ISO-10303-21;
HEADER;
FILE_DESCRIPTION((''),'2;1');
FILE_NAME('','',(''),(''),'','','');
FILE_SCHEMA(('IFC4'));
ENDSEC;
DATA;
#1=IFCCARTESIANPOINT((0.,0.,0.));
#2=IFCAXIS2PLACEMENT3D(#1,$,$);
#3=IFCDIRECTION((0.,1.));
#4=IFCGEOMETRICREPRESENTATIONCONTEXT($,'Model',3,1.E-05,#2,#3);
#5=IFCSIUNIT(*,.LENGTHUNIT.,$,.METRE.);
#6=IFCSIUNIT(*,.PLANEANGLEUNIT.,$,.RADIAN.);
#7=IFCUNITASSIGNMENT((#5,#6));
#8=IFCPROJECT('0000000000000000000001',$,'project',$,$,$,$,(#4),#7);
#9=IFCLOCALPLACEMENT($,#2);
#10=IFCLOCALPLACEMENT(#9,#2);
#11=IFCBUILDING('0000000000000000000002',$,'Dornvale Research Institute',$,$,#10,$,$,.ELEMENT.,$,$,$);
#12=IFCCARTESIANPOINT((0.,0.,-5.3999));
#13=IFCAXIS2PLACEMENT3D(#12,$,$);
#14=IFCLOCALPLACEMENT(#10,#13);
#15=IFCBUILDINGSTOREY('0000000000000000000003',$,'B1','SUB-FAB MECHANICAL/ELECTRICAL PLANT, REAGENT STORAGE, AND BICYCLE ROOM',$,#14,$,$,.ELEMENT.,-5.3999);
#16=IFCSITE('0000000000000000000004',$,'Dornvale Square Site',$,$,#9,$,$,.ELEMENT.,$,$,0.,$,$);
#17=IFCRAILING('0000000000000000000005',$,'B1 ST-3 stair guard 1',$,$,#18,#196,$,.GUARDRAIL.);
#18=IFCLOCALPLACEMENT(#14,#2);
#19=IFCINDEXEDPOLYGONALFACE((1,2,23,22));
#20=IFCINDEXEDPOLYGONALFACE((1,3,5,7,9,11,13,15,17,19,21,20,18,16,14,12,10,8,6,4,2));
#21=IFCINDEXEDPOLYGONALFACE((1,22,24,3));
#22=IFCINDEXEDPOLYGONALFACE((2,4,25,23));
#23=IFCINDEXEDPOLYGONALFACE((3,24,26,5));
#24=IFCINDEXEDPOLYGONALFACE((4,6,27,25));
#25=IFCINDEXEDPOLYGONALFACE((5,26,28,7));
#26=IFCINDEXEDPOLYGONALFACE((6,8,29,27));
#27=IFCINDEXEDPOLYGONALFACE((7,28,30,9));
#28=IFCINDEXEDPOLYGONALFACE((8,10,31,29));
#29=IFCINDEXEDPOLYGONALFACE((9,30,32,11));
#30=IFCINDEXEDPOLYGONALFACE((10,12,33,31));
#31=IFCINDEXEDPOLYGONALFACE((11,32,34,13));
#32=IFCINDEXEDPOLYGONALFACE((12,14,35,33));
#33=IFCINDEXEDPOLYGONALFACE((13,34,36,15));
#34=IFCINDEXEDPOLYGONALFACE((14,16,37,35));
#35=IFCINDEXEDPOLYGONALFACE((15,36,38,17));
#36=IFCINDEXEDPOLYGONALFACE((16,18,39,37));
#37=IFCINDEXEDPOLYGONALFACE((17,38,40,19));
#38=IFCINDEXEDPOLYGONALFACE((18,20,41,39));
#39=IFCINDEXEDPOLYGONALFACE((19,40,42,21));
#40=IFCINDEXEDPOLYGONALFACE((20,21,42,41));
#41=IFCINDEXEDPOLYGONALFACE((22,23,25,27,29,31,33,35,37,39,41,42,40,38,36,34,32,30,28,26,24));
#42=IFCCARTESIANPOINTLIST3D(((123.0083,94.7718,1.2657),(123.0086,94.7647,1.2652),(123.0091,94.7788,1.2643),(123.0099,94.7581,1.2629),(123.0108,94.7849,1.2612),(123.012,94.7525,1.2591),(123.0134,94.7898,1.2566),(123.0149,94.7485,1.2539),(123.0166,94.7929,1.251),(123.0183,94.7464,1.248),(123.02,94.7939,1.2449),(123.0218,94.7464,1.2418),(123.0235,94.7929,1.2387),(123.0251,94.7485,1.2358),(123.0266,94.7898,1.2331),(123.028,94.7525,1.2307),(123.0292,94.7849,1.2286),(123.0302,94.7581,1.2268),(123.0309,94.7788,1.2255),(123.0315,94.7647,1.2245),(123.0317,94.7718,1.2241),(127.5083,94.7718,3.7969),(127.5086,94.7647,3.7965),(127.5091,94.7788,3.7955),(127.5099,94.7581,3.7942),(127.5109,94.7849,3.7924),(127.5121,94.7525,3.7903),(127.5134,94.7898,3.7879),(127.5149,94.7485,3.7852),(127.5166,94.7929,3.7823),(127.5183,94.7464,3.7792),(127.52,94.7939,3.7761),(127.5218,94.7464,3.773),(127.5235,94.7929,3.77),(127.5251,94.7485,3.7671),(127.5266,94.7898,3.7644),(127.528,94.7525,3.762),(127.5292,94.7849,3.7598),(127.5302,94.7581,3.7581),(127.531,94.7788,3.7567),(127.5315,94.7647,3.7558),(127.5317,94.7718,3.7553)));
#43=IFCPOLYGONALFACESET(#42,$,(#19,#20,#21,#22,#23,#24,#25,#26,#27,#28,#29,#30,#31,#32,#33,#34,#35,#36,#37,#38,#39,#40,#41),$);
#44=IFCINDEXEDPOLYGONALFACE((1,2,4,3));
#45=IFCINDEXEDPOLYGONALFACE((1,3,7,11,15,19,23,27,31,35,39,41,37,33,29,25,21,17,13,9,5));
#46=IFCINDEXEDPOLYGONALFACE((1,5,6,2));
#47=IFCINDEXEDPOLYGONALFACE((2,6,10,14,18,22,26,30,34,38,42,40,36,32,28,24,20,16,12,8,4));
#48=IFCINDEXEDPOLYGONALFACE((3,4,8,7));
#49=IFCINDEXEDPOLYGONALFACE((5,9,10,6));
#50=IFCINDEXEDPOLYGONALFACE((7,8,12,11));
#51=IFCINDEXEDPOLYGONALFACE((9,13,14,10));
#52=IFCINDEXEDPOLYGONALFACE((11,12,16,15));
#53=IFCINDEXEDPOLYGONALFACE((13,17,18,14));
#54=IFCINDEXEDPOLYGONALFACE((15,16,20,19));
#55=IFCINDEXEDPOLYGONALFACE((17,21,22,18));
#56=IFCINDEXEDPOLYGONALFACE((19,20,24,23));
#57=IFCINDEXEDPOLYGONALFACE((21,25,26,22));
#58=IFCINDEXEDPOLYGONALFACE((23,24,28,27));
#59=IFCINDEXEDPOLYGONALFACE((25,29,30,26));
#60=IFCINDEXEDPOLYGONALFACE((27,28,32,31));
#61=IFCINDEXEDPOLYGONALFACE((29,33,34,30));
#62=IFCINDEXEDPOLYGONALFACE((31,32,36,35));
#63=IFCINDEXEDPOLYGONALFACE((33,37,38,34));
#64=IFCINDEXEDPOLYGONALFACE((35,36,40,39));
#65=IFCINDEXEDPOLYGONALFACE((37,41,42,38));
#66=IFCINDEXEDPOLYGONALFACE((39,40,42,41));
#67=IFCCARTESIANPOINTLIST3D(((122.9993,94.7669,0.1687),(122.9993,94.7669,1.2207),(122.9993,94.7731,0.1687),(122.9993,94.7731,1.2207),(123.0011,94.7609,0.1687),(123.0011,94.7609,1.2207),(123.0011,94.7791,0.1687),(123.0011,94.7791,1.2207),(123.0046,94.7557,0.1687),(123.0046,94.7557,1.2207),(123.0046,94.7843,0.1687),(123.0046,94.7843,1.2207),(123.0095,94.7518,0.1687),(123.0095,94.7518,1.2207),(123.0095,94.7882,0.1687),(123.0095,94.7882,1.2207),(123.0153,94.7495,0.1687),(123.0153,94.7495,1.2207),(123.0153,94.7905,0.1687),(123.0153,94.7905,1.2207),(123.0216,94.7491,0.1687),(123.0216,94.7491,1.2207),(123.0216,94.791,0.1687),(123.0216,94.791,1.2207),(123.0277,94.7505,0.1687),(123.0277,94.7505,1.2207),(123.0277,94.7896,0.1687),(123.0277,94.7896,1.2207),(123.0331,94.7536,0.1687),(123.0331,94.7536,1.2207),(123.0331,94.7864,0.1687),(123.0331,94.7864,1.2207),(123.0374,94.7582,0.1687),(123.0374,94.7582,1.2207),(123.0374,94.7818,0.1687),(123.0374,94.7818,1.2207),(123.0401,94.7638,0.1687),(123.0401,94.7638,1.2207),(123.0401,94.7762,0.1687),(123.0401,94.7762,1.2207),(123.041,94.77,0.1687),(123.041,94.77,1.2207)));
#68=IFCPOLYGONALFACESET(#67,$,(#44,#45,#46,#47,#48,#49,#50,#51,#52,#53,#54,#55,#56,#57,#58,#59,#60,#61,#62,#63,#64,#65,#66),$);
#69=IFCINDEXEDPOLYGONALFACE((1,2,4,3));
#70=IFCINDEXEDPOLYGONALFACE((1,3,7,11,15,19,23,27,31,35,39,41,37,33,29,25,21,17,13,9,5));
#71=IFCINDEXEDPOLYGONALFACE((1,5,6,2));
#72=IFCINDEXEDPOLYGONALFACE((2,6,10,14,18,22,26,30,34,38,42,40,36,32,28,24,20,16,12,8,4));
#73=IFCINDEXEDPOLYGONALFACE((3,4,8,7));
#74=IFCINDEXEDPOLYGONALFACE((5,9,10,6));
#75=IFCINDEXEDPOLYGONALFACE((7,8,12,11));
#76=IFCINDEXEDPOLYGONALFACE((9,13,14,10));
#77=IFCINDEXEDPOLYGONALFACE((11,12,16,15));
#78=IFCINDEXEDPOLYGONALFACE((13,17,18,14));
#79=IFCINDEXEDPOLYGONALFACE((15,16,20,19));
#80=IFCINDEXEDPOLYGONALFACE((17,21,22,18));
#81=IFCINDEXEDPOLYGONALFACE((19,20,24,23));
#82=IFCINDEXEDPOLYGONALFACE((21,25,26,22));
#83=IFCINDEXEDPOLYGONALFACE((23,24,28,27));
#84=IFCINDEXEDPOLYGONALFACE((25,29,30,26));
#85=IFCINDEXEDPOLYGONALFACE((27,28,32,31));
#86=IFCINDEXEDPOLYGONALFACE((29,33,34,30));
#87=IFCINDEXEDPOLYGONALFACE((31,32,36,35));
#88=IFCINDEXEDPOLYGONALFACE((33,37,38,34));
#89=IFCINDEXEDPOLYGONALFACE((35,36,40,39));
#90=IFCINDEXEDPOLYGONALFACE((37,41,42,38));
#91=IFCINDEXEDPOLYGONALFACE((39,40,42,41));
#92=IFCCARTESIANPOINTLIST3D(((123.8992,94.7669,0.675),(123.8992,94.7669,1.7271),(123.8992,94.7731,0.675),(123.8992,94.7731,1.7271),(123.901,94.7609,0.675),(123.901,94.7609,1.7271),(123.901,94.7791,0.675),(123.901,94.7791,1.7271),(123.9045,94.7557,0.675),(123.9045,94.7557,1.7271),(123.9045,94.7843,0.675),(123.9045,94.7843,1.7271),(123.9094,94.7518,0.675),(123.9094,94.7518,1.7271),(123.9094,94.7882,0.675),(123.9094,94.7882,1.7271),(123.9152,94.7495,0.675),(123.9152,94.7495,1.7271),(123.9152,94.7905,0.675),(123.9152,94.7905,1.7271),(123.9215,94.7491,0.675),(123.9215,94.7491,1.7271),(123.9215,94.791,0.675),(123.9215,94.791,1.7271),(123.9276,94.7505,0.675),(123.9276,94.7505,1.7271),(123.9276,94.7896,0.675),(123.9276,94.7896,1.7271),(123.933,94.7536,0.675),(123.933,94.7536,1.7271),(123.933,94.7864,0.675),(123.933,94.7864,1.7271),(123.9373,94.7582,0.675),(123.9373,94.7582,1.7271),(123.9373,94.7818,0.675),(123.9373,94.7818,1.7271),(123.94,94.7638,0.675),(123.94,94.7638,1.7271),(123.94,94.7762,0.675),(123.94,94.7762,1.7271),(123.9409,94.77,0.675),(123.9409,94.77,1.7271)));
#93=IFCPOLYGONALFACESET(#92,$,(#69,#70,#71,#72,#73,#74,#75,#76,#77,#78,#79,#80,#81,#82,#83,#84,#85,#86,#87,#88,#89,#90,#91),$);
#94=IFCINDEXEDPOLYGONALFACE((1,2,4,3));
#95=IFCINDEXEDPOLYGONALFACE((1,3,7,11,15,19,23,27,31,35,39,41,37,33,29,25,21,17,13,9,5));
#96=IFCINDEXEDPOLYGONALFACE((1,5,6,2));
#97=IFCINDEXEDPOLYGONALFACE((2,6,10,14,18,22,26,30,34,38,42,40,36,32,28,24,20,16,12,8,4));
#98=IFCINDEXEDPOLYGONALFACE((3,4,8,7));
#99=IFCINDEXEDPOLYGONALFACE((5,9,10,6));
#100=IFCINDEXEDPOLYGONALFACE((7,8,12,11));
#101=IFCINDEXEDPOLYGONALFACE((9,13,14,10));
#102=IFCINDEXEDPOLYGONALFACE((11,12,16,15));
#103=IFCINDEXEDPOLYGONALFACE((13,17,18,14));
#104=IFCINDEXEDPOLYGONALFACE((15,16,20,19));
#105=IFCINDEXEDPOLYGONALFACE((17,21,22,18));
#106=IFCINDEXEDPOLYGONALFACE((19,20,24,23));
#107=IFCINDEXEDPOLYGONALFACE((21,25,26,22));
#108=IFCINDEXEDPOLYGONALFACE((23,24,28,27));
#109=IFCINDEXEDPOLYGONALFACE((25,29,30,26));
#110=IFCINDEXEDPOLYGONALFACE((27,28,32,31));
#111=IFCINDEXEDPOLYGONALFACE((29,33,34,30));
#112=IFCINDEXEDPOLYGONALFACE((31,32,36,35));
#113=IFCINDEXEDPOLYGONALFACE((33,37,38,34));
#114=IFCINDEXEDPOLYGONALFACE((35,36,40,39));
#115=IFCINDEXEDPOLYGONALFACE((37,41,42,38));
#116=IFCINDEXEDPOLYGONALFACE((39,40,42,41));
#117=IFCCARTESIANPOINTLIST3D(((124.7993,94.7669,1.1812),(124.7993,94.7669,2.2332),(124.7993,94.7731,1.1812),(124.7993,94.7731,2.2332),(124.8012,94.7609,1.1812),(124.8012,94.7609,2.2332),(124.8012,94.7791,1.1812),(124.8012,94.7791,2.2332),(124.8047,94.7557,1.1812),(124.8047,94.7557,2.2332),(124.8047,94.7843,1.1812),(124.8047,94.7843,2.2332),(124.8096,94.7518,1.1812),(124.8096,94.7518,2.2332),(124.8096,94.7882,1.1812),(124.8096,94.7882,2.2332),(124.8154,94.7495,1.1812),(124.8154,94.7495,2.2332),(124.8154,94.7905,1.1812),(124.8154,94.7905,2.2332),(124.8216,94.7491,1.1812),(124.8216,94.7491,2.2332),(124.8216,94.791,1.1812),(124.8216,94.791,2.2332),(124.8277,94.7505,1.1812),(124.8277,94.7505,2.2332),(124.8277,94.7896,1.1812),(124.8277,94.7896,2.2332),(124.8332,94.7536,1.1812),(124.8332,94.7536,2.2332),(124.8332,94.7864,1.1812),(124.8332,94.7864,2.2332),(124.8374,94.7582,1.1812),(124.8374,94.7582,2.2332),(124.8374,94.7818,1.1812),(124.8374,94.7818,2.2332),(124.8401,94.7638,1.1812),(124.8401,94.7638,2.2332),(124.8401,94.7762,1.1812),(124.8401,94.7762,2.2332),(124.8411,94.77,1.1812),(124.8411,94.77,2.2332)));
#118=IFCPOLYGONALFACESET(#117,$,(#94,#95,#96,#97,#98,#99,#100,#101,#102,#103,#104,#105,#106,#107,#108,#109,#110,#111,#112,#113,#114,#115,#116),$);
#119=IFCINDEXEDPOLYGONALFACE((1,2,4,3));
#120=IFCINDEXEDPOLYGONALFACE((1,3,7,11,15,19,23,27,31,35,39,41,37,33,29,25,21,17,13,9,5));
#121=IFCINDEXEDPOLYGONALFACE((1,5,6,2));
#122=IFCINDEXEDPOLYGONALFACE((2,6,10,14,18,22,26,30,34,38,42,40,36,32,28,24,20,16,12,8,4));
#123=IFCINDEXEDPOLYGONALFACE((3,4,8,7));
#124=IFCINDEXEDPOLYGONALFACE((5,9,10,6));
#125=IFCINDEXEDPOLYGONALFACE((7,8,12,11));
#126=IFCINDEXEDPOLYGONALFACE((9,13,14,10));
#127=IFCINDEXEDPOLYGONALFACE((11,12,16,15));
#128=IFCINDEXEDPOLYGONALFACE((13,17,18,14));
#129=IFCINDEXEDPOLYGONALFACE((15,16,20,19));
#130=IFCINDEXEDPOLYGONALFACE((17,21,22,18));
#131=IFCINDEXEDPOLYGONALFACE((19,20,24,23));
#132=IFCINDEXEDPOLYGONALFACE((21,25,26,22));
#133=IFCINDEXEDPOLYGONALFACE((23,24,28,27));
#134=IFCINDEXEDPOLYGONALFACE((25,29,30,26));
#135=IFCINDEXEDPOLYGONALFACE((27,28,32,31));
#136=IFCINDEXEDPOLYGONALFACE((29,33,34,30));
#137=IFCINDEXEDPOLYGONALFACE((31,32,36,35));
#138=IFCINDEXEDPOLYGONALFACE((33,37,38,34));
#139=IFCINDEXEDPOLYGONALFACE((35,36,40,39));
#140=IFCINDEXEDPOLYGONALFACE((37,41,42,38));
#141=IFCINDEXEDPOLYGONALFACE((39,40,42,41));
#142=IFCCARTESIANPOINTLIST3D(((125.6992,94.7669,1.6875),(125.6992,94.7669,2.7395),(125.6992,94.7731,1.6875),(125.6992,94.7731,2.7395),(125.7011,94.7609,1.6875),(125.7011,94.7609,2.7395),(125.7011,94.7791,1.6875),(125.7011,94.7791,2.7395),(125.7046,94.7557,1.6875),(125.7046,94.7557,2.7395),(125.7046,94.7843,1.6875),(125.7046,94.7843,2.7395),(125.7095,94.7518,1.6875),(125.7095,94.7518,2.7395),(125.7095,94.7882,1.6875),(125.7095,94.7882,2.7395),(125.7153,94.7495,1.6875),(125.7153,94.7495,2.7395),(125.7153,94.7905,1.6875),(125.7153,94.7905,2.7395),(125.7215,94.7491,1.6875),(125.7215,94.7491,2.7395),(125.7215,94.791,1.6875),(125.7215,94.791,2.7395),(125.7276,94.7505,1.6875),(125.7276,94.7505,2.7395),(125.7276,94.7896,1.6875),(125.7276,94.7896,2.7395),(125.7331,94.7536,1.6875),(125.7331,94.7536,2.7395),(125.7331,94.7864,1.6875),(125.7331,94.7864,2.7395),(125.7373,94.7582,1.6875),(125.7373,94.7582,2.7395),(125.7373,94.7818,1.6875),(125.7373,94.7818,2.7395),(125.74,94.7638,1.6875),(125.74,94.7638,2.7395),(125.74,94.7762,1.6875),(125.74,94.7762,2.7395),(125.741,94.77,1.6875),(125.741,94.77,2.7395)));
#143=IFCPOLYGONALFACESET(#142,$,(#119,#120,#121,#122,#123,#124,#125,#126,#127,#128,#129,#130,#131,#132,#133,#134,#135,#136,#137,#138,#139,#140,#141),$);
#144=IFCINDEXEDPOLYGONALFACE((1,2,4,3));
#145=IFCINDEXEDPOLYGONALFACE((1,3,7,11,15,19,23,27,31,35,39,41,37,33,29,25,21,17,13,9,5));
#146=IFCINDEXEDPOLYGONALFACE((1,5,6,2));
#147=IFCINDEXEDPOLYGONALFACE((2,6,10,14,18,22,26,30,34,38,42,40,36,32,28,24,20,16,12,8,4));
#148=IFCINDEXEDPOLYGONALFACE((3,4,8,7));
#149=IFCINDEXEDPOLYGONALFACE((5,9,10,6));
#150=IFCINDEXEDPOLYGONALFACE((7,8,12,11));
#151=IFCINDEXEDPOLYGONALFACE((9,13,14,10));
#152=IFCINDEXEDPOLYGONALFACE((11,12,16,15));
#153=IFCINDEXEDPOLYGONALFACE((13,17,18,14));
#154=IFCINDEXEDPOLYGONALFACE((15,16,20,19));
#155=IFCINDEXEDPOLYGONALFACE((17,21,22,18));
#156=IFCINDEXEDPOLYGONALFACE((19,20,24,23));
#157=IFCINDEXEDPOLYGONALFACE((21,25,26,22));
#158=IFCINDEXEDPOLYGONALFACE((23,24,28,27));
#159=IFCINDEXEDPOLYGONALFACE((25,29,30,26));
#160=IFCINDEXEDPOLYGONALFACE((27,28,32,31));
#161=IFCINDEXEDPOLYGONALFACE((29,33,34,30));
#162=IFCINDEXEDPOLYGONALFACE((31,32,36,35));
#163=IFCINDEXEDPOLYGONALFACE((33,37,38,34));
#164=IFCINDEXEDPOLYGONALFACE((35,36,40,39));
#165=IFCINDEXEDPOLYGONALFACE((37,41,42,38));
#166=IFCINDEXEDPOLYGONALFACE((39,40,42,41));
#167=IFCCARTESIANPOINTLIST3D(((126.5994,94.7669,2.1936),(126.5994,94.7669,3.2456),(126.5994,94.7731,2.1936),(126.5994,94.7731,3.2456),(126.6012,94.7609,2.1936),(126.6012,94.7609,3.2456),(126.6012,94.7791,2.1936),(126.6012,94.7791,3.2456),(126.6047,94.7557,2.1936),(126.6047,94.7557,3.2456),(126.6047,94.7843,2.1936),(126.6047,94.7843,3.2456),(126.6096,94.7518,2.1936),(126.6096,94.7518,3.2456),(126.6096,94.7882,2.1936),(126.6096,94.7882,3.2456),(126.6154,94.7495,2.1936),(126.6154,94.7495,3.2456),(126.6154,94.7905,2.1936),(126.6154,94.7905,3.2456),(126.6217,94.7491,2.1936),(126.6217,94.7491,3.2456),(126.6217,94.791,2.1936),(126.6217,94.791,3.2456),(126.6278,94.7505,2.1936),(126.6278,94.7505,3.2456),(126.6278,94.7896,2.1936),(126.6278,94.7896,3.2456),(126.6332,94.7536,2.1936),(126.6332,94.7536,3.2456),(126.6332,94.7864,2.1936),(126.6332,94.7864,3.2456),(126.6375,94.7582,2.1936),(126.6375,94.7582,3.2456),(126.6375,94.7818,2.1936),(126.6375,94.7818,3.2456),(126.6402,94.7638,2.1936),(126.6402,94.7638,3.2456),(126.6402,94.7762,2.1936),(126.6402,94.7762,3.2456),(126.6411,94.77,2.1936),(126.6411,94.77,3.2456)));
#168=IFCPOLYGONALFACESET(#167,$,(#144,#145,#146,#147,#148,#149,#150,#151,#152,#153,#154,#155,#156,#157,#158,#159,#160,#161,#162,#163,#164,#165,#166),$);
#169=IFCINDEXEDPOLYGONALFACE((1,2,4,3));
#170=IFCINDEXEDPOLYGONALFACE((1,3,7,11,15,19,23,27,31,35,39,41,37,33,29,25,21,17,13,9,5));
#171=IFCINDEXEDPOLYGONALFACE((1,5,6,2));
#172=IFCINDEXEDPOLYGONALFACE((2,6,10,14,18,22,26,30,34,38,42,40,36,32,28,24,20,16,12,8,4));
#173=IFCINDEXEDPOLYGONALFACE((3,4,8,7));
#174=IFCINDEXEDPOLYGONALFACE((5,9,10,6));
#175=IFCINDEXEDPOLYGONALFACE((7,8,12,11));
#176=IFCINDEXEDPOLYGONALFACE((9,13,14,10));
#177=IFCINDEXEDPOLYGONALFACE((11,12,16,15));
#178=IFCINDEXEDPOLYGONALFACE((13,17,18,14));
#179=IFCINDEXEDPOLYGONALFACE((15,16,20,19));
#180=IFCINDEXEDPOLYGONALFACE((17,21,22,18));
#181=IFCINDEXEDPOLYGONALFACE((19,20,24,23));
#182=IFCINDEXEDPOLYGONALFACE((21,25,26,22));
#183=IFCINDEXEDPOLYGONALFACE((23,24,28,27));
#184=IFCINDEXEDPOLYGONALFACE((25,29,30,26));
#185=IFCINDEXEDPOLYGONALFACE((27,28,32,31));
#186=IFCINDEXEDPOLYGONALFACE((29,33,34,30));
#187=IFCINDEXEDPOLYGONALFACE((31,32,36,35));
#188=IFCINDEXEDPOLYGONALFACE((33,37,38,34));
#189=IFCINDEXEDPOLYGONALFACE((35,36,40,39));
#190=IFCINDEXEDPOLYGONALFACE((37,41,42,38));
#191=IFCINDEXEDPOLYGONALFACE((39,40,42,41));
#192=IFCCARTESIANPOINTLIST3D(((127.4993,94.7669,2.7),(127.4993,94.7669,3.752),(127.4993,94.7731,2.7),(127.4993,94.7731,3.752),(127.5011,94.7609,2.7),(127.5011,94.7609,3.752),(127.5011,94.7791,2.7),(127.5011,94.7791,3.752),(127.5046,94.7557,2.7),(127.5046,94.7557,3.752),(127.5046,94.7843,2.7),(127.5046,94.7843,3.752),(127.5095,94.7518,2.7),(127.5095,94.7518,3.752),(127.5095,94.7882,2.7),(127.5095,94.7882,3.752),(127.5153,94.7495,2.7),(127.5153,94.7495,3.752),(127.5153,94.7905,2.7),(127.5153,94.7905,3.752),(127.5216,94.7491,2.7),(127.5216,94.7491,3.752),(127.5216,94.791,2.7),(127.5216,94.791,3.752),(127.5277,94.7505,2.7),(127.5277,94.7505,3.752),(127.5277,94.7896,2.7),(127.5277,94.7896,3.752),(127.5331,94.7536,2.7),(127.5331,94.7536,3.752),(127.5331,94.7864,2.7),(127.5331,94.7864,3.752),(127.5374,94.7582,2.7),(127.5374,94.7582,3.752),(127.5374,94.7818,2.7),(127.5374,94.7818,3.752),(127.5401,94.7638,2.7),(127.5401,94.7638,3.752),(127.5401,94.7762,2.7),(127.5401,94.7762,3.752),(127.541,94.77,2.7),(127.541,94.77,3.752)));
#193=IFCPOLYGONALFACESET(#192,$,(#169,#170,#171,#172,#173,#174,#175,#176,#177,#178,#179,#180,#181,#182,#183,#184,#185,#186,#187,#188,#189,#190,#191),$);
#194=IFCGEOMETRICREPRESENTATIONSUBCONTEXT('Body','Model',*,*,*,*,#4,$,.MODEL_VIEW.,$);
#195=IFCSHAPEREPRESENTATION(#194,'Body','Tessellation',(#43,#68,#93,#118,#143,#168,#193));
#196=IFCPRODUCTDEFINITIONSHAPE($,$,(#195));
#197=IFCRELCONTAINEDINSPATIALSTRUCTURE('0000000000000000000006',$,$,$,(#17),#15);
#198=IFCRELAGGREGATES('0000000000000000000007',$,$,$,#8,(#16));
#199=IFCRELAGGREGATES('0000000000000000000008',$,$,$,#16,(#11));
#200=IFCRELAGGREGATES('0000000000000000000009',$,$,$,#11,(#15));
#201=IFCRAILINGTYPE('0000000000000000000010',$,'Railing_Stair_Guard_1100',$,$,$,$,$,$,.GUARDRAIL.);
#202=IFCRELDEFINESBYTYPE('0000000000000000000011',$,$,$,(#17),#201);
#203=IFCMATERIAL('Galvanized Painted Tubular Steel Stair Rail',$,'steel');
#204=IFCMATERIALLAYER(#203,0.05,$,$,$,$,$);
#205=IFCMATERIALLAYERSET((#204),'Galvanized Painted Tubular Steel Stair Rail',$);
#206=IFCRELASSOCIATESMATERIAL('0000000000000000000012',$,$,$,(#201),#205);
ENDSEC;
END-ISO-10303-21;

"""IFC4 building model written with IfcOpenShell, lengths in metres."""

from ifc_helpers import new_model, si_unit, direction, frame, origin, origin_2d, place, context, subcontext, project, spatial, circle, extrude, material, layer, layer_set, type_object, element, save


model = new_model("IFC4")

# Units and contexts
model_context = context("Model", 3, precision=1e-05, world=origin(), true_north=direction((0.0, 1.0)))
body_context = subcontext(model_context, "Body", "Model", "MODEL_VIEW")
ifc_project = project(units=[si_unit("LENGTHUNIT", "METRE"), si_unit("PLANEANGLEUNIT", "RADIAN")], contexts=[model_context])

# Site, building, storey
site_placement = place(None, origin())
site = spatial("IfcSite", under=ifc_project, at=site_placement, Name="Dornvale Square Site", CompositionType="ELEMENT", RefElevation=0.0)
building_placement = place(site_placement, origin())
building = spatial("IfcBuilding", under=site, at=building_placement, Name="Dornvale Research Institute", CompositionType="ELEMENT")
storey_placement = place(building_placement, frame((0.0, 0.0, -5.3999)))
storey = spatial("IfcBuildingStorey", under=building, at=storey_placement, Name="B1", Description="SUB-FAB MECHANICAL/ELECTRICAL PLANT, REAGENT STORAGE, AND BICYCLE ROOM", CompositionType="ELEMENT", Elevation=-5.3999)

# Railing
ifc_material_1 = material(Name="Galvanized Painted Tubular Steel Stair Rail", Category="steel")
ifc_layer_1 = layer(ifc_material_1, 0.05)
ifc_layer_set_1 = layer_set([ifc_layer_1], Name="Galvanized Painted Tubular Steel Stair Rail")
railing_type_1 = type_object("IfcRailingType", Name="Railing_Stair_Guard_1100", PredefinedType="GUARDRAIL", material=ifc_layer_set_1)
railing_1_placement = place(storey_placement, frame((123.02, 94.77, 0.1687)))
element("IfcRailing", 1, at=railing_1_placement, inside=storey, type_object=railing_type_1, Name="B1 ST-3 stair guard 1", PredefinedType="GUARDRAIL", context=body_context, shape_type="SweptSolid", body=[
    extrude(circle(Radius=0.0239, at=origin_2d()), frame((0.0, 0.0, 1.0762), z_axis=(0.871576, 0.0, 0.490261), x_axis=(0.0, 1.0, 0.0)), (0.0, 0.0, 1.0), 5.1631),
    extrude(circle(Radius=0.021, at=origin_2d()), origin(), (0.0, 0.0, 1.0), 1.052),
    extrude(circle(Radius=0.021, at=origin_2d()), frame((0.8999, 0.0, 0.5063)), (0.0, 0.0, 1.0), 1.052),
    extrude(circle(Radius=0.021, at=origin_2d()), frame((1.8, 0.0, 1.0125)), (0.0, 0.0, 1.0), 1.052),
    extrude(circle(Radius=0.021, at=origin_2d()), frame((2.7, 0.0, 1.5188)), (0.0, 0.0, 1.0), 1.052),
    extrude(circle(Radius=0.021, at=origin_2d()), frame((3.6001, 0.0, 2.0249)), (0.0, 0.0, 1.0), 1.052),
    extrude(circle(Radius=0.021, at=origin_2d()), frame((4.5, 0.0, 2.5312)), (0.0, 0.0, 1.0), 1.052),
])

save(model, "model.ifc")
